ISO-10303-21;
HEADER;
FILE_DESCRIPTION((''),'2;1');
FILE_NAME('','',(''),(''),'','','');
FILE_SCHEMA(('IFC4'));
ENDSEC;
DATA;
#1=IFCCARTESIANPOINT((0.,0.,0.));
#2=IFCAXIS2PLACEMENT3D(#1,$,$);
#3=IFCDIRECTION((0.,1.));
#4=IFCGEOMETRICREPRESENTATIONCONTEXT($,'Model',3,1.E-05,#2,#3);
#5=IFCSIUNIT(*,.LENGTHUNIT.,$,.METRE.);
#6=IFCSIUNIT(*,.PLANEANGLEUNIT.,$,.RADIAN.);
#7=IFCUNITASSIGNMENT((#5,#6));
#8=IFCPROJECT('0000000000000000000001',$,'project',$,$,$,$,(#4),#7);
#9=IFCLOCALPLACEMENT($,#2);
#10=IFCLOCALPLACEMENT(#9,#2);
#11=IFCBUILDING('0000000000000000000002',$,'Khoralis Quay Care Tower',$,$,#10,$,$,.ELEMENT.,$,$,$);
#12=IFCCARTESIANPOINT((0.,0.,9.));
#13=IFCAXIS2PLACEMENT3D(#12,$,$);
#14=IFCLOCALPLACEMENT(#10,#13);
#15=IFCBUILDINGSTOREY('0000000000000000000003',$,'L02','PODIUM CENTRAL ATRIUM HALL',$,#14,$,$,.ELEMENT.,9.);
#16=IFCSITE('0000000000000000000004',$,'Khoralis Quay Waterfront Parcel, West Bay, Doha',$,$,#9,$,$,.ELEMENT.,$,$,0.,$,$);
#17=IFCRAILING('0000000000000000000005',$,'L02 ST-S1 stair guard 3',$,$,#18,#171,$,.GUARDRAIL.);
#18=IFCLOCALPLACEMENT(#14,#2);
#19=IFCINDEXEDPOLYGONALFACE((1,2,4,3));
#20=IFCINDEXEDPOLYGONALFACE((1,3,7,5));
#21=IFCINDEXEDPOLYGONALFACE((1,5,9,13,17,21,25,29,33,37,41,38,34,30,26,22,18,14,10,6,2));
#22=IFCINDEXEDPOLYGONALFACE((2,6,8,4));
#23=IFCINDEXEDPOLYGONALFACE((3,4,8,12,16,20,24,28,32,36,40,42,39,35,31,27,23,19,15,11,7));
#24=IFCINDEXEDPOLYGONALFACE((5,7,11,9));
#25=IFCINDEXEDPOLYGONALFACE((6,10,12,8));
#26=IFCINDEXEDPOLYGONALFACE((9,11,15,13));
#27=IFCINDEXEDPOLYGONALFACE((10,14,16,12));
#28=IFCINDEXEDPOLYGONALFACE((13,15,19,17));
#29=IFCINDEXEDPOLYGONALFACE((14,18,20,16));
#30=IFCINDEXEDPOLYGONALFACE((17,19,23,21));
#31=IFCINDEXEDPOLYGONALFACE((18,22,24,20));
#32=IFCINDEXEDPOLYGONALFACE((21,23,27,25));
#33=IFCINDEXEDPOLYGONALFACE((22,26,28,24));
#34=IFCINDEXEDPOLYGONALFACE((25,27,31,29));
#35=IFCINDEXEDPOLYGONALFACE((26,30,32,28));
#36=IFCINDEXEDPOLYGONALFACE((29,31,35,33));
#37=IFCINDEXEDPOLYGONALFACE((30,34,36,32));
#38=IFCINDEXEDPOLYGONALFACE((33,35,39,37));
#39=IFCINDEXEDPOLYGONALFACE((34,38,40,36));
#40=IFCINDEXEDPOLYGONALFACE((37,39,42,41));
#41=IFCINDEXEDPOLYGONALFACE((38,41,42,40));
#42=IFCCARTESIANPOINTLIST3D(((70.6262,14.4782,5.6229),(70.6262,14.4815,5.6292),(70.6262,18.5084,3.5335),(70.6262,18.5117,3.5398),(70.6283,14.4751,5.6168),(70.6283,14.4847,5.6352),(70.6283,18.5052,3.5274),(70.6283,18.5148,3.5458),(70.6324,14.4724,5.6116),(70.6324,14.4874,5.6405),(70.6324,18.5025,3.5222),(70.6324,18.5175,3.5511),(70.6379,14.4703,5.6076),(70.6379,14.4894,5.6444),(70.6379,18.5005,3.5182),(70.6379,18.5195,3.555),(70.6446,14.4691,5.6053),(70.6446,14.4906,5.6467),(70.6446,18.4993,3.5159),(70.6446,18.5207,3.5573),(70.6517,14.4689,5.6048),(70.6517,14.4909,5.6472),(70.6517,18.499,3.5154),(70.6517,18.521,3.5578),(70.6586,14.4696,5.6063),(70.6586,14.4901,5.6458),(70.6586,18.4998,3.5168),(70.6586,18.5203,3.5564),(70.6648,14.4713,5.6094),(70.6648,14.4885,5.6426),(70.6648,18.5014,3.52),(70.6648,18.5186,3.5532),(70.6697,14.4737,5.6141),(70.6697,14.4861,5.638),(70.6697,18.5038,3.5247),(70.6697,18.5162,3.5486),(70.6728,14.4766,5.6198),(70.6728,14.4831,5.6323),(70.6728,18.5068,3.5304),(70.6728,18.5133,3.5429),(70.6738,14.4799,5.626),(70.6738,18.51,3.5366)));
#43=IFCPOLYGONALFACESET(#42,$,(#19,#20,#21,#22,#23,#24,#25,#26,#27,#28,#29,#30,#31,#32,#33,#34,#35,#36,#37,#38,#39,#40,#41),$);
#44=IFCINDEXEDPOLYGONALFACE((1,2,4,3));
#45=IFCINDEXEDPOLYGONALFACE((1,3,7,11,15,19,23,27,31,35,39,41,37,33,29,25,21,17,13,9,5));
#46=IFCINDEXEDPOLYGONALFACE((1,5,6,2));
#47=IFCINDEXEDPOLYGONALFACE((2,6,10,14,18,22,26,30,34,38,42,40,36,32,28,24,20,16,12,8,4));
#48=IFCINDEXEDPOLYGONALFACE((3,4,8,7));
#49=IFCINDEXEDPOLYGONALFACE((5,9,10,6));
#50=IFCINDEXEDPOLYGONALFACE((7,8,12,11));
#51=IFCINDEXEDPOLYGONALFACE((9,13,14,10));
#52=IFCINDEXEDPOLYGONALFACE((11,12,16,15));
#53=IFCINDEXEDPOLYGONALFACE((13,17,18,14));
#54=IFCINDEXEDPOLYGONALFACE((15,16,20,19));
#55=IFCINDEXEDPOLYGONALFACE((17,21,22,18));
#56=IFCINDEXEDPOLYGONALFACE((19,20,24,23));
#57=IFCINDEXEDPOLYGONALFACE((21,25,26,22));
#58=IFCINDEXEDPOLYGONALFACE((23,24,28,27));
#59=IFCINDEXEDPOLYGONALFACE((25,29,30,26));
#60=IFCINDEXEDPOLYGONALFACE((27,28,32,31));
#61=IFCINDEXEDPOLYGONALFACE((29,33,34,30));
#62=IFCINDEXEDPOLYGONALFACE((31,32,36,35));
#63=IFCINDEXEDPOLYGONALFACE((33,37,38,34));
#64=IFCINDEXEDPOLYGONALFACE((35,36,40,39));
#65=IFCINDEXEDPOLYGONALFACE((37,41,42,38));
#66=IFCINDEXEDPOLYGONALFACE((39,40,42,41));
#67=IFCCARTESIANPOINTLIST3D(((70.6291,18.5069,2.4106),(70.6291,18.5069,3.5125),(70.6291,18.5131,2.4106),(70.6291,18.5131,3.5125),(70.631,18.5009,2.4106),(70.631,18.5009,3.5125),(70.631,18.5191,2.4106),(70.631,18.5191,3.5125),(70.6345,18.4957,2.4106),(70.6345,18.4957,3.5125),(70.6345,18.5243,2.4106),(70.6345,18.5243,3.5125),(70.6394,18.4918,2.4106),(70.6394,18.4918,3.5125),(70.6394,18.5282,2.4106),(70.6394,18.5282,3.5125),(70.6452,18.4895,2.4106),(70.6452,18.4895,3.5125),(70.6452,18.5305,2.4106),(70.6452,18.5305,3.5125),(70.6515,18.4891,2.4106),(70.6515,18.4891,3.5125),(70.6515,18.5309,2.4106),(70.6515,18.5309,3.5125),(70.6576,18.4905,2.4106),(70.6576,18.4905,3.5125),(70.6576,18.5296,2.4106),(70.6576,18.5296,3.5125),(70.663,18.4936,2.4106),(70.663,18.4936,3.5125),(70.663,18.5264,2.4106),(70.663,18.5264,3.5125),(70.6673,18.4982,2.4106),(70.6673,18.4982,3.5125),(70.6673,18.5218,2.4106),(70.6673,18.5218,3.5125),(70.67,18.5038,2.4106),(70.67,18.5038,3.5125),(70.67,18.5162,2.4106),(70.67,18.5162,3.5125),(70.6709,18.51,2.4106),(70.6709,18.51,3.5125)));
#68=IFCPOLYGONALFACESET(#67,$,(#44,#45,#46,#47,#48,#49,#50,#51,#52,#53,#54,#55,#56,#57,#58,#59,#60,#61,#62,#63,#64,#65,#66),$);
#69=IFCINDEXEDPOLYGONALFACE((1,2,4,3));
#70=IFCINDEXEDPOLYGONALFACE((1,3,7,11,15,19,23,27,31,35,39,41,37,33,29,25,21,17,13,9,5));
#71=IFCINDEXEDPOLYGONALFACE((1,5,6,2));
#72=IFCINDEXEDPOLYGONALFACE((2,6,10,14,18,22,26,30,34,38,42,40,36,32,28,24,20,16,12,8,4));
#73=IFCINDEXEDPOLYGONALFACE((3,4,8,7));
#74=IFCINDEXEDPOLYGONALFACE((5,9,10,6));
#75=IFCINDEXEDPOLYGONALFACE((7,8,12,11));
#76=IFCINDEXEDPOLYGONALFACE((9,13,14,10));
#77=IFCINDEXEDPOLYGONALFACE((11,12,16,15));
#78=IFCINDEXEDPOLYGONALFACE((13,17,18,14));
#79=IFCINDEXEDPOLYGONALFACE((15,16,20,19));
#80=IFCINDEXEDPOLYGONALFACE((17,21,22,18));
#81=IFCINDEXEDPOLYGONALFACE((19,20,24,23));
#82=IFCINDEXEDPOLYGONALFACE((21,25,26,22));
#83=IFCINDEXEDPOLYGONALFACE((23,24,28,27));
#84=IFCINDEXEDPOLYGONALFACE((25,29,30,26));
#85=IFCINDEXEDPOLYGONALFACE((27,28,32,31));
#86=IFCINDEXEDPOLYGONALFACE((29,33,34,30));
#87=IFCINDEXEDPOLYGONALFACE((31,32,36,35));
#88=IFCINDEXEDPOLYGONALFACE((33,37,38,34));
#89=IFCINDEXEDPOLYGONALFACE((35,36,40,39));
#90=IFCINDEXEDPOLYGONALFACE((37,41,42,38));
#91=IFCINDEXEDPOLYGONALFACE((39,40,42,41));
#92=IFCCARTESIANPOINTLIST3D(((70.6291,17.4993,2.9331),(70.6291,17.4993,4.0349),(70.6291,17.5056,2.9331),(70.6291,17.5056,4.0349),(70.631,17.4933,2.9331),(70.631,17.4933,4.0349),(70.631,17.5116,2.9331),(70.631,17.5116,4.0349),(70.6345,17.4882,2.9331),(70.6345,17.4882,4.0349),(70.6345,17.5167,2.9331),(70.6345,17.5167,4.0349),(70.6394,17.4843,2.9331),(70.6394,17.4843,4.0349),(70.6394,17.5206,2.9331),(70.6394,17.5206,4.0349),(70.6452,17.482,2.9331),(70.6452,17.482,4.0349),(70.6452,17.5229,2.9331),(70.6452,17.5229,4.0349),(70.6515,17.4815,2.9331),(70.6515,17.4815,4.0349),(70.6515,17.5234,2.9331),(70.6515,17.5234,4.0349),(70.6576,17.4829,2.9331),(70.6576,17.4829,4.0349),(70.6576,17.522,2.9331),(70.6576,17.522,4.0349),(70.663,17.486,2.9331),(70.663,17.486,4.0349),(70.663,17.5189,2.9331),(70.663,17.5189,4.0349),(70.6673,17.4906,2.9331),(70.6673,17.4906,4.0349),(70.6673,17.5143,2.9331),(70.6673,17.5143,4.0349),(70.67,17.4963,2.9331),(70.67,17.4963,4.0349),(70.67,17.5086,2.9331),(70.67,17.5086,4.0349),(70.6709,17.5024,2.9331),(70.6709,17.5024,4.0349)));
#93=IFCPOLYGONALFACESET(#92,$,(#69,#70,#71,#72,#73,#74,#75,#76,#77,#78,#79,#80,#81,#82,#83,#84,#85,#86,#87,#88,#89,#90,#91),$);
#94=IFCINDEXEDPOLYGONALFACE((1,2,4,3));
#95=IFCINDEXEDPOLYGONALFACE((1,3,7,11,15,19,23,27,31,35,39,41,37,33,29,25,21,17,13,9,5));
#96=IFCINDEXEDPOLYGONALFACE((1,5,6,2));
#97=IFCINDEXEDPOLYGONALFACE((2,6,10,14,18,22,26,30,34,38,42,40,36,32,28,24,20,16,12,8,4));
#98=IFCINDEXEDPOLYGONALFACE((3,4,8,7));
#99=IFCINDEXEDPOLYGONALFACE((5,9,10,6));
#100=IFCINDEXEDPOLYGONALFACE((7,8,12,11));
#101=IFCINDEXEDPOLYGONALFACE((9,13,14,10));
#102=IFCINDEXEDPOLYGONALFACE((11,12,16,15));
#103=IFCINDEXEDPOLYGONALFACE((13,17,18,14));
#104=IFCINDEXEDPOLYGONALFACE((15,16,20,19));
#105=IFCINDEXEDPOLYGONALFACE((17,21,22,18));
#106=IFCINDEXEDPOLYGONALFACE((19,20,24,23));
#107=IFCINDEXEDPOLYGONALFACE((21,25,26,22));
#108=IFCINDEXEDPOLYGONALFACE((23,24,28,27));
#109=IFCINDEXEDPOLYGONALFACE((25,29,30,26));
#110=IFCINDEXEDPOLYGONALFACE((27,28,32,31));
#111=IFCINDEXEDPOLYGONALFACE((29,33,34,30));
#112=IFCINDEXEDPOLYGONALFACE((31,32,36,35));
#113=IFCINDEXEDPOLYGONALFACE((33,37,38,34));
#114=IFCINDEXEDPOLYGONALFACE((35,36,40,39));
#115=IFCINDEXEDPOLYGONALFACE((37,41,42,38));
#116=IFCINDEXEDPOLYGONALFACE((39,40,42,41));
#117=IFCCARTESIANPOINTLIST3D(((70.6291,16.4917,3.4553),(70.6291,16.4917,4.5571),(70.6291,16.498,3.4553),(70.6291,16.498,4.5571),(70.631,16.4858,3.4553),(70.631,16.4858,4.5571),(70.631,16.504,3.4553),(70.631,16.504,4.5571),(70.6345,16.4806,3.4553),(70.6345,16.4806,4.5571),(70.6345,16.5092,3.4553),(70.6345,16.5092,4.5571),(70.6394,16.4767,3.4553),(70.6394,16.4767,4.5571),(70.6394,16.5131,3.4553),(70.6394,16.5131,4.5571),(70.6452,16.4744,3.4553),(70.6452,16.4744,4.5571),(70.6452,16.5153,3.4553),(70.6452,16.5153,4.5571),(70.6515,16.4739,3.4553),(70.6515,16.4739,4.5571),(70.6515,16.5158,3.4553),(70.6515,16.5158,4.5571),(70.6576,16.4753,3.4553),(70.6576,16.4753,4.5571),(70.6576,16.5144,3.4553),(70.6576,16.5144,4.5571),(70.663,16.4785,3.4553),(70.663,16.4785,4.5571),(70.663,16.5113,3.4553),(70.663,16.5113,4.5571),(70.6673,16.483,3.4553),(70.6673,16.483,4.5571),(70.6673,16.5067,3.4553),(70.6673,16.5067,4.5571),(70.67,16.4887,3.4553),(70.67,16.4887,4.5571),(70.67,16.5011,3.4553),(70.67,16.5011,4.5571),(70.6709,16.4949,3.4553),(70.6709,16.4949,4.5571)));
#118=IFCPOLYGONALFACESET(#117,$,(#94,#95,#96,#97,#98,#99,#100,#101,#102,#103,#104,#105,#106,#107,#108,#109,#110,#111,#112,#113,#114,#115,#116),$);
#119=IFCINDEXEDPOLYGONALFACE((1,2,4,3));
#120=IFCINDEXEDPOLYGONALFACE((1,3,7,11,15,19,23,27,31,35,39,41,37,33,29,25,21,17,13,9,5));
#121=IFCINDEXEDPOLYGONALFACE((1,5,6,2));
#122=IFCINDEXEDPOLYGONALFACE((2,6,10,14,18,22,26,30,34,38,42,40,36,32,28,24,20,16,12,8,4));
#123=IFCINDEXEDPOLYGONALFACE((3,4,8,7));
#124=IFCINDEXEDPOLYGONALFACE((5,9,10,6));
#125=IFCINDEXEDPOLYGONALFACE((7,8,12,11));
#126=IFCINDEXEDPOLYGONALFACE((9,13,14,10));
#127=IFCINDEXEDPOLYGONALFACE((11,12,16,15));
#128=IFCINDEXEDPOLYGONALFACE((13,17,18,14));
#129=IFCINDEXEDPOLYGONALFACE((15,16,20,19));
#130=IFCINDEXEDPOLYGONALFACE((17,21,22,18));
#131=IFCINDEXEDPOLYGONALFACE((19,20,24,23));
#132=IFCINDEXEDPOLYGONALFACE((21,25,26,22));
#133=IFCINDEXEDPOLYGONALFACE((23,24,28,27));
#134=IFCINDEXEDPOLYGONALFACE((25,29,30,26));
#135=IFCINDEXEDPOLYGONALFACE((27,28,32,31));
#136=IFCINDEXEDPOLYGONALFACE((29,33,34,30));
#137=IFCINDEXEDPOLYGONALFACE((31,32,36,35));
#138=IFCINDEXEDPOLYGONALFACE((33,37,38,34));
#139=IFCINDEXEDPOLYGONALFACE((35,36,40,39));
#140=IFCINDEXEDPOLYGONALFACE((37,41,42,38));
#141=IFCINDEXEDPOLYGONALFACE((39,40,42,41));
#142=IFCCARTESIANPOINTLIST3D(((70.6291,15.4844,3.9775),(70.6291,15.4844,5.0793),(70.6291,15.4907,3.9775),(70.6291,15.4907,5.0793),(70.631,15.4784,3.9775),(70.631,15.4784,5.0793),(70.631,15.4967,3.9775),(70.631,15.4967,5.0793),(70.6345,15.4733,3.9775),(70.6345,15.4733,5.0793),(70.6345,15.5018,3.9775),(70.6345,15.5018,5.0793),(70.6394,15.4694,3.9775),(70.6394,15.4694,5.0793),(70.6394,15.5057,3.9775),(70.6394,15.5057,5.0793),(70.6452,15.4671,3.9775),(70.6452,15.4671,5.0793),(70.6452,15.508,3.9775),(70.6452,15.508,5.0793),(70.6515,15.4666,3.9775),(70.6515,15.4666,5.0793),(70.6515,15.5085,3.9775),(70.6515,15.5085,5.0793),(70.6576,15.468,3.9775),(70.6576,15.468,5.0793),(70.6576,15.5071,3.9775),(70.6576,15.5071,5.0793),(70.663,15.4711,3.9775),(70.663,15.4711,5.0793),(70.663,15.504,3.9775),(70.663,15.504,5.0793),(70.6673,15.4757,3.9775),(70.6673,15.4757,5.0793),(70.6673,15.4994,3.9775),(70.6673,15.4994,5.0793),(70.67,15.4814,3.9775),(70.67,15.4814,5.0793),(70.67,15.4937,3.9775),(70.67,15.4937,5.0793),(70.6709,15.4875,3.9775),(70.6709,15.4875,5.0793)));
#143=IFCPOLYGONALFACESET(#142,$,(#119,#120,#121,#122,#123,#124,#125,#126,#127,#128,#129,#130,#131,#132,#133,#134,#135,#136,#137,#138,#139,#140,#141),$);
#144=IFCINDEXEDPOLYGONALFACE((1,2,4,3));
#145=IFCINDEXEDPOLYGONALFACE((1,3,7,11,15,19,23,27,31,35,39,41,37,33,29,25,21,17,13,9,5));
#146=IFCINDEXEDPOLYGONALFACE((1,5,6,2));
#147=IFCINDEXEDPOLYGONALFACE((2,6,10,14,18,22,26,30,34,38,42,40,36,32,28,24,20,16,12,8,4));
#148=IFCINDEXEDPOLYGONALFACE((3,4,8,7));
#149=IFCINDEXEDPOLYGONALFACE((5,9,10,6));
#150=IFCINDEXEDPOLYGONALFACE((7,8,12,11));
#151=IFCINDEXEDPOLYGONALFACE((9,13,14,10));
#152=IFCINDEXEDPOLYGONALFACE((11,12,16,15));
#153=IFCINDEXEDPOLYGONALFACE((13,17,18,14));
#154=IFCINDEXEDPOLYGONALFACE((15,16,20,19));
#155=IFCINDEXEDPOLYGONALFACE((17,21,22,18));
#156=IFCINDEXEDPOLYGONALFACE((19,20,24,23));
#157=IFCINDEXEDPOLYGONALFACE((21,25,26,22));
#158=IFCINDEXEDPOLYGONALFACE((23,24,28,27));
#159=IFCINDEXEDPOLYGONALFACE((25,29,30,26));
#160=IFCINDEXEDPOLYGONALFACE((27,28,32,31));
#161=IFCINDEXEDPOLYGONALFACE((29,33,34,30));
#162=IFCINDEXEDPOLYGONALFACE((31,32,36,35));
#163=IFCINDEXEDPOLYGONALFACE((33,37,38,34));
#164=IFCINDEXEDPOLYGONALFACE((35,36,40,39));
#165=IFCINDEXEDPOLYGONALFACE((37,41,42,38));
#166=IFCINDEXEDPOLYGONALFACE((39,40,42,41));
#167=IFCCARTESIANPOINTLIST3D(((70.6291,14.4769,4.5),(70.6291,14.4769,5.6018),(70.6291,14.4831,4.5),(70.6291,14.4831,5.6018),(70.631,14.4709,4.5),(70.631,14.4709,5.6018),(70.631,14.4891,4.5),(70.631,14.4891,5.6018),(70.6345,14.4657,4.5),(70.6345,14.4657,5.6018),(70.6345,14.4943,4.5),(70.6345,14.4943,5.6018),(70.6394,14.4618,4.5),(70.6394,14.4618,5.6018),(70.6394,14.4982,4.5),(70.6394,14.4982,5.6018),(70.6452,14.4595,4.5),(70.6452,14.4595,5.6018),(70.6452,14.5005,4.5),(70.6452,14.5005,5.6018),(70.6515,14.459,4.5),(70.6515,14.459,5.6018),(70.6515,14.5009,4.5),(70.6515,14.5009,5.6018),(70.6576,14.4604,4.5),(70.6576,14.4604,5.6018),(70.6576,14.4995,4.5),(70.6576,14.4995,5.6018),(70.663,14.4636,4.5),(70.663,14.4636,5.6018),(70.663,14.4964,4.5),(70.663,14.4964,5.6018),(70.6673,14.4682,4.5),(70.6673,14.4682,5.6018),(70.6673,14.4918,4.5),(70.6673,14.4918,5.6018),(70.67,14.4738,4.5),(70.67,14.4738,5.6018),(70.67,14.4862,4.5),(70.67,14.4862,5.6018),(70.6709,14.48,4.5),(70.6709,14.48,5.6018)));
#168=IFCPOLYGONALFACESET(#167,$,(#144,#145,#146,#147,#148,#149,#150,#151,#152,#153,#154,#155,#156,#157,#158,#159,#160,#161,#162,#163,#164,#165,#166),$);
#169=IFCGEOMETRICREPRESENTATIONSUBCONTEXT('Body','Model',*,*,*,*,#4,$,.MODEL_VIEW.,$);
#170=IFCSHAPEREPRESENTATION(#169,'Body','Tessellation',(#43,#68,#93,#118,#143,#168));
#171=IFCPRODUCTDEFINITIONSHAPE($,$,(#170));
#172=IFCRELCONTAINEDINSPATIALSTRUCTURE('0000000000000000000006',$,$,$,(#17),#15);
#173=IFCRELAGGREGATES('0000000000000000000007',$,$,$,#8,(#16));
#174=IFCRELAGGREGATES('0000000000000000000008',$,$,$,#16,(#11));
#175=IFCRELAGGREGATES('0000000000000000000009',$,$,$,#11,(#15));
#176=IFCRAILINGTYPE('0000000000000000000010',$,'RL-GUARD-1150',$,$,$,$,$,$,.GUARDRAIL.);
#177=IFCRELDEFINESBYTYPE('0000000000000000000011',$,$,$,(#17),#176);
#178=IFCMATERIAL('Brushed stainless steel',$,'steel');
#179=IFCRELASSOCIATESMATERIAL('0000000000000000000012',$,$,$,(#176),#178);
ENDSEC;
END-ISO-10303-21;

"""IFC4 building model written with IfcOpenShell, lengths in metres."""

from ifc_helpers import new_model, si_unit, direction, frame, origin, origin_2d, place, context, subcontext, project, spatial, circle, extrude, material, type_object, element, save


model = new_model("IFC4")

# Units and contexts
model_context = context("Model", 3, precision=1e-05, world=origin(), true_north=direction((0.0, 1.0)))
body_context = subcontext(model_context, "Body", "Model", "MODEL_VIEW")
ifc_project = project(units=[si_unit("LENGTHUNIT", "METRE"), si_unit("PLANEANGLEUNIT", "RADIAN")], contexts=[model_context])

# Site, building, storey
site_placement = place(None, origin())
site = spatial("IfcSite", under=ifc_project, at=site_placement, Name="Khoralis Quay Waterfront Parcel, West Bay, Doha", CompositionType="ELEMENT", RefElevation=0.0)
building_placement = place(site_placement, origin())
building = spatial("IfcBuilding", under=site, at=building_placement, Name="Khoralis Quay Care Tower", CompositionType="ELEMENT")
storey_placement = place(building_placement, frame((0.0, 0.0, 9.0)))
storey = spatial("IfcBuildingStorey", under=building, at=storey_placement, Name="L02", Description="PODIUM CENTRAL ATRIUM HALL", CompositionType="ELEMENT", Elevation=9.0)

# Railing
ifc_material_1 = material(Name="Brushed stainless steel", Category="steel")
railing_type_1 = type_object("IfcRailingType", Name="RL-GUARD-1150", PredefinedType="GUARDRAIL", material=ifc_material_1)
railing_1_placement = place(storey_placement, frame((70.6499, 18.51, 2.4106)))
element("IfcRailing", 1, at=railing_1_placement, inside=storey, type_object=railing_type_1, Name="L02 ST-S1 stair guard 3", PredefinedType="GUARDRAIL", context=body_context, shape_type="SweptSolid", body=[
    extrude(circle(Radius=0.0239, at=origin_2d()), frame((0.0, 0.0, 1.126), z_axis=(0.0, -0.887781, 0.460267), x_axis=(1.0, 0.0, 0.0)), (0.0, 0.0, 1.0), 4.5396),
    extrude(circle(Radius=0.021, at=origin_2d()), origin(), (0.0, 0.0, 1.0), 1.1018),
    extrude(circle(Radius=0.021, at=origin_2d()), frame((0.0, -1.0076, 0.5225)), (0.0, 0.0, 1.0), 1.1018),
    extrude(circle(Radius=0.021, at=origin_2d()), frame((0.0, -2.0151, 1.0447)), (0.0, 0.0, 1.0), 1.1018),
    extrude(circle(Radius=0.021, at=origin_2d()), frame((0.0, -3.0225, 1.5669)), (0.0, 0.0, 1.0), 1.1018),
    extrude(circle(Radius=0.021, at=origin_2d()), frame((0.0, -4.03, 2.0894)), (0.0, 0.0, 1.0), 1.1018),
])

save(model, "model.ifc")
